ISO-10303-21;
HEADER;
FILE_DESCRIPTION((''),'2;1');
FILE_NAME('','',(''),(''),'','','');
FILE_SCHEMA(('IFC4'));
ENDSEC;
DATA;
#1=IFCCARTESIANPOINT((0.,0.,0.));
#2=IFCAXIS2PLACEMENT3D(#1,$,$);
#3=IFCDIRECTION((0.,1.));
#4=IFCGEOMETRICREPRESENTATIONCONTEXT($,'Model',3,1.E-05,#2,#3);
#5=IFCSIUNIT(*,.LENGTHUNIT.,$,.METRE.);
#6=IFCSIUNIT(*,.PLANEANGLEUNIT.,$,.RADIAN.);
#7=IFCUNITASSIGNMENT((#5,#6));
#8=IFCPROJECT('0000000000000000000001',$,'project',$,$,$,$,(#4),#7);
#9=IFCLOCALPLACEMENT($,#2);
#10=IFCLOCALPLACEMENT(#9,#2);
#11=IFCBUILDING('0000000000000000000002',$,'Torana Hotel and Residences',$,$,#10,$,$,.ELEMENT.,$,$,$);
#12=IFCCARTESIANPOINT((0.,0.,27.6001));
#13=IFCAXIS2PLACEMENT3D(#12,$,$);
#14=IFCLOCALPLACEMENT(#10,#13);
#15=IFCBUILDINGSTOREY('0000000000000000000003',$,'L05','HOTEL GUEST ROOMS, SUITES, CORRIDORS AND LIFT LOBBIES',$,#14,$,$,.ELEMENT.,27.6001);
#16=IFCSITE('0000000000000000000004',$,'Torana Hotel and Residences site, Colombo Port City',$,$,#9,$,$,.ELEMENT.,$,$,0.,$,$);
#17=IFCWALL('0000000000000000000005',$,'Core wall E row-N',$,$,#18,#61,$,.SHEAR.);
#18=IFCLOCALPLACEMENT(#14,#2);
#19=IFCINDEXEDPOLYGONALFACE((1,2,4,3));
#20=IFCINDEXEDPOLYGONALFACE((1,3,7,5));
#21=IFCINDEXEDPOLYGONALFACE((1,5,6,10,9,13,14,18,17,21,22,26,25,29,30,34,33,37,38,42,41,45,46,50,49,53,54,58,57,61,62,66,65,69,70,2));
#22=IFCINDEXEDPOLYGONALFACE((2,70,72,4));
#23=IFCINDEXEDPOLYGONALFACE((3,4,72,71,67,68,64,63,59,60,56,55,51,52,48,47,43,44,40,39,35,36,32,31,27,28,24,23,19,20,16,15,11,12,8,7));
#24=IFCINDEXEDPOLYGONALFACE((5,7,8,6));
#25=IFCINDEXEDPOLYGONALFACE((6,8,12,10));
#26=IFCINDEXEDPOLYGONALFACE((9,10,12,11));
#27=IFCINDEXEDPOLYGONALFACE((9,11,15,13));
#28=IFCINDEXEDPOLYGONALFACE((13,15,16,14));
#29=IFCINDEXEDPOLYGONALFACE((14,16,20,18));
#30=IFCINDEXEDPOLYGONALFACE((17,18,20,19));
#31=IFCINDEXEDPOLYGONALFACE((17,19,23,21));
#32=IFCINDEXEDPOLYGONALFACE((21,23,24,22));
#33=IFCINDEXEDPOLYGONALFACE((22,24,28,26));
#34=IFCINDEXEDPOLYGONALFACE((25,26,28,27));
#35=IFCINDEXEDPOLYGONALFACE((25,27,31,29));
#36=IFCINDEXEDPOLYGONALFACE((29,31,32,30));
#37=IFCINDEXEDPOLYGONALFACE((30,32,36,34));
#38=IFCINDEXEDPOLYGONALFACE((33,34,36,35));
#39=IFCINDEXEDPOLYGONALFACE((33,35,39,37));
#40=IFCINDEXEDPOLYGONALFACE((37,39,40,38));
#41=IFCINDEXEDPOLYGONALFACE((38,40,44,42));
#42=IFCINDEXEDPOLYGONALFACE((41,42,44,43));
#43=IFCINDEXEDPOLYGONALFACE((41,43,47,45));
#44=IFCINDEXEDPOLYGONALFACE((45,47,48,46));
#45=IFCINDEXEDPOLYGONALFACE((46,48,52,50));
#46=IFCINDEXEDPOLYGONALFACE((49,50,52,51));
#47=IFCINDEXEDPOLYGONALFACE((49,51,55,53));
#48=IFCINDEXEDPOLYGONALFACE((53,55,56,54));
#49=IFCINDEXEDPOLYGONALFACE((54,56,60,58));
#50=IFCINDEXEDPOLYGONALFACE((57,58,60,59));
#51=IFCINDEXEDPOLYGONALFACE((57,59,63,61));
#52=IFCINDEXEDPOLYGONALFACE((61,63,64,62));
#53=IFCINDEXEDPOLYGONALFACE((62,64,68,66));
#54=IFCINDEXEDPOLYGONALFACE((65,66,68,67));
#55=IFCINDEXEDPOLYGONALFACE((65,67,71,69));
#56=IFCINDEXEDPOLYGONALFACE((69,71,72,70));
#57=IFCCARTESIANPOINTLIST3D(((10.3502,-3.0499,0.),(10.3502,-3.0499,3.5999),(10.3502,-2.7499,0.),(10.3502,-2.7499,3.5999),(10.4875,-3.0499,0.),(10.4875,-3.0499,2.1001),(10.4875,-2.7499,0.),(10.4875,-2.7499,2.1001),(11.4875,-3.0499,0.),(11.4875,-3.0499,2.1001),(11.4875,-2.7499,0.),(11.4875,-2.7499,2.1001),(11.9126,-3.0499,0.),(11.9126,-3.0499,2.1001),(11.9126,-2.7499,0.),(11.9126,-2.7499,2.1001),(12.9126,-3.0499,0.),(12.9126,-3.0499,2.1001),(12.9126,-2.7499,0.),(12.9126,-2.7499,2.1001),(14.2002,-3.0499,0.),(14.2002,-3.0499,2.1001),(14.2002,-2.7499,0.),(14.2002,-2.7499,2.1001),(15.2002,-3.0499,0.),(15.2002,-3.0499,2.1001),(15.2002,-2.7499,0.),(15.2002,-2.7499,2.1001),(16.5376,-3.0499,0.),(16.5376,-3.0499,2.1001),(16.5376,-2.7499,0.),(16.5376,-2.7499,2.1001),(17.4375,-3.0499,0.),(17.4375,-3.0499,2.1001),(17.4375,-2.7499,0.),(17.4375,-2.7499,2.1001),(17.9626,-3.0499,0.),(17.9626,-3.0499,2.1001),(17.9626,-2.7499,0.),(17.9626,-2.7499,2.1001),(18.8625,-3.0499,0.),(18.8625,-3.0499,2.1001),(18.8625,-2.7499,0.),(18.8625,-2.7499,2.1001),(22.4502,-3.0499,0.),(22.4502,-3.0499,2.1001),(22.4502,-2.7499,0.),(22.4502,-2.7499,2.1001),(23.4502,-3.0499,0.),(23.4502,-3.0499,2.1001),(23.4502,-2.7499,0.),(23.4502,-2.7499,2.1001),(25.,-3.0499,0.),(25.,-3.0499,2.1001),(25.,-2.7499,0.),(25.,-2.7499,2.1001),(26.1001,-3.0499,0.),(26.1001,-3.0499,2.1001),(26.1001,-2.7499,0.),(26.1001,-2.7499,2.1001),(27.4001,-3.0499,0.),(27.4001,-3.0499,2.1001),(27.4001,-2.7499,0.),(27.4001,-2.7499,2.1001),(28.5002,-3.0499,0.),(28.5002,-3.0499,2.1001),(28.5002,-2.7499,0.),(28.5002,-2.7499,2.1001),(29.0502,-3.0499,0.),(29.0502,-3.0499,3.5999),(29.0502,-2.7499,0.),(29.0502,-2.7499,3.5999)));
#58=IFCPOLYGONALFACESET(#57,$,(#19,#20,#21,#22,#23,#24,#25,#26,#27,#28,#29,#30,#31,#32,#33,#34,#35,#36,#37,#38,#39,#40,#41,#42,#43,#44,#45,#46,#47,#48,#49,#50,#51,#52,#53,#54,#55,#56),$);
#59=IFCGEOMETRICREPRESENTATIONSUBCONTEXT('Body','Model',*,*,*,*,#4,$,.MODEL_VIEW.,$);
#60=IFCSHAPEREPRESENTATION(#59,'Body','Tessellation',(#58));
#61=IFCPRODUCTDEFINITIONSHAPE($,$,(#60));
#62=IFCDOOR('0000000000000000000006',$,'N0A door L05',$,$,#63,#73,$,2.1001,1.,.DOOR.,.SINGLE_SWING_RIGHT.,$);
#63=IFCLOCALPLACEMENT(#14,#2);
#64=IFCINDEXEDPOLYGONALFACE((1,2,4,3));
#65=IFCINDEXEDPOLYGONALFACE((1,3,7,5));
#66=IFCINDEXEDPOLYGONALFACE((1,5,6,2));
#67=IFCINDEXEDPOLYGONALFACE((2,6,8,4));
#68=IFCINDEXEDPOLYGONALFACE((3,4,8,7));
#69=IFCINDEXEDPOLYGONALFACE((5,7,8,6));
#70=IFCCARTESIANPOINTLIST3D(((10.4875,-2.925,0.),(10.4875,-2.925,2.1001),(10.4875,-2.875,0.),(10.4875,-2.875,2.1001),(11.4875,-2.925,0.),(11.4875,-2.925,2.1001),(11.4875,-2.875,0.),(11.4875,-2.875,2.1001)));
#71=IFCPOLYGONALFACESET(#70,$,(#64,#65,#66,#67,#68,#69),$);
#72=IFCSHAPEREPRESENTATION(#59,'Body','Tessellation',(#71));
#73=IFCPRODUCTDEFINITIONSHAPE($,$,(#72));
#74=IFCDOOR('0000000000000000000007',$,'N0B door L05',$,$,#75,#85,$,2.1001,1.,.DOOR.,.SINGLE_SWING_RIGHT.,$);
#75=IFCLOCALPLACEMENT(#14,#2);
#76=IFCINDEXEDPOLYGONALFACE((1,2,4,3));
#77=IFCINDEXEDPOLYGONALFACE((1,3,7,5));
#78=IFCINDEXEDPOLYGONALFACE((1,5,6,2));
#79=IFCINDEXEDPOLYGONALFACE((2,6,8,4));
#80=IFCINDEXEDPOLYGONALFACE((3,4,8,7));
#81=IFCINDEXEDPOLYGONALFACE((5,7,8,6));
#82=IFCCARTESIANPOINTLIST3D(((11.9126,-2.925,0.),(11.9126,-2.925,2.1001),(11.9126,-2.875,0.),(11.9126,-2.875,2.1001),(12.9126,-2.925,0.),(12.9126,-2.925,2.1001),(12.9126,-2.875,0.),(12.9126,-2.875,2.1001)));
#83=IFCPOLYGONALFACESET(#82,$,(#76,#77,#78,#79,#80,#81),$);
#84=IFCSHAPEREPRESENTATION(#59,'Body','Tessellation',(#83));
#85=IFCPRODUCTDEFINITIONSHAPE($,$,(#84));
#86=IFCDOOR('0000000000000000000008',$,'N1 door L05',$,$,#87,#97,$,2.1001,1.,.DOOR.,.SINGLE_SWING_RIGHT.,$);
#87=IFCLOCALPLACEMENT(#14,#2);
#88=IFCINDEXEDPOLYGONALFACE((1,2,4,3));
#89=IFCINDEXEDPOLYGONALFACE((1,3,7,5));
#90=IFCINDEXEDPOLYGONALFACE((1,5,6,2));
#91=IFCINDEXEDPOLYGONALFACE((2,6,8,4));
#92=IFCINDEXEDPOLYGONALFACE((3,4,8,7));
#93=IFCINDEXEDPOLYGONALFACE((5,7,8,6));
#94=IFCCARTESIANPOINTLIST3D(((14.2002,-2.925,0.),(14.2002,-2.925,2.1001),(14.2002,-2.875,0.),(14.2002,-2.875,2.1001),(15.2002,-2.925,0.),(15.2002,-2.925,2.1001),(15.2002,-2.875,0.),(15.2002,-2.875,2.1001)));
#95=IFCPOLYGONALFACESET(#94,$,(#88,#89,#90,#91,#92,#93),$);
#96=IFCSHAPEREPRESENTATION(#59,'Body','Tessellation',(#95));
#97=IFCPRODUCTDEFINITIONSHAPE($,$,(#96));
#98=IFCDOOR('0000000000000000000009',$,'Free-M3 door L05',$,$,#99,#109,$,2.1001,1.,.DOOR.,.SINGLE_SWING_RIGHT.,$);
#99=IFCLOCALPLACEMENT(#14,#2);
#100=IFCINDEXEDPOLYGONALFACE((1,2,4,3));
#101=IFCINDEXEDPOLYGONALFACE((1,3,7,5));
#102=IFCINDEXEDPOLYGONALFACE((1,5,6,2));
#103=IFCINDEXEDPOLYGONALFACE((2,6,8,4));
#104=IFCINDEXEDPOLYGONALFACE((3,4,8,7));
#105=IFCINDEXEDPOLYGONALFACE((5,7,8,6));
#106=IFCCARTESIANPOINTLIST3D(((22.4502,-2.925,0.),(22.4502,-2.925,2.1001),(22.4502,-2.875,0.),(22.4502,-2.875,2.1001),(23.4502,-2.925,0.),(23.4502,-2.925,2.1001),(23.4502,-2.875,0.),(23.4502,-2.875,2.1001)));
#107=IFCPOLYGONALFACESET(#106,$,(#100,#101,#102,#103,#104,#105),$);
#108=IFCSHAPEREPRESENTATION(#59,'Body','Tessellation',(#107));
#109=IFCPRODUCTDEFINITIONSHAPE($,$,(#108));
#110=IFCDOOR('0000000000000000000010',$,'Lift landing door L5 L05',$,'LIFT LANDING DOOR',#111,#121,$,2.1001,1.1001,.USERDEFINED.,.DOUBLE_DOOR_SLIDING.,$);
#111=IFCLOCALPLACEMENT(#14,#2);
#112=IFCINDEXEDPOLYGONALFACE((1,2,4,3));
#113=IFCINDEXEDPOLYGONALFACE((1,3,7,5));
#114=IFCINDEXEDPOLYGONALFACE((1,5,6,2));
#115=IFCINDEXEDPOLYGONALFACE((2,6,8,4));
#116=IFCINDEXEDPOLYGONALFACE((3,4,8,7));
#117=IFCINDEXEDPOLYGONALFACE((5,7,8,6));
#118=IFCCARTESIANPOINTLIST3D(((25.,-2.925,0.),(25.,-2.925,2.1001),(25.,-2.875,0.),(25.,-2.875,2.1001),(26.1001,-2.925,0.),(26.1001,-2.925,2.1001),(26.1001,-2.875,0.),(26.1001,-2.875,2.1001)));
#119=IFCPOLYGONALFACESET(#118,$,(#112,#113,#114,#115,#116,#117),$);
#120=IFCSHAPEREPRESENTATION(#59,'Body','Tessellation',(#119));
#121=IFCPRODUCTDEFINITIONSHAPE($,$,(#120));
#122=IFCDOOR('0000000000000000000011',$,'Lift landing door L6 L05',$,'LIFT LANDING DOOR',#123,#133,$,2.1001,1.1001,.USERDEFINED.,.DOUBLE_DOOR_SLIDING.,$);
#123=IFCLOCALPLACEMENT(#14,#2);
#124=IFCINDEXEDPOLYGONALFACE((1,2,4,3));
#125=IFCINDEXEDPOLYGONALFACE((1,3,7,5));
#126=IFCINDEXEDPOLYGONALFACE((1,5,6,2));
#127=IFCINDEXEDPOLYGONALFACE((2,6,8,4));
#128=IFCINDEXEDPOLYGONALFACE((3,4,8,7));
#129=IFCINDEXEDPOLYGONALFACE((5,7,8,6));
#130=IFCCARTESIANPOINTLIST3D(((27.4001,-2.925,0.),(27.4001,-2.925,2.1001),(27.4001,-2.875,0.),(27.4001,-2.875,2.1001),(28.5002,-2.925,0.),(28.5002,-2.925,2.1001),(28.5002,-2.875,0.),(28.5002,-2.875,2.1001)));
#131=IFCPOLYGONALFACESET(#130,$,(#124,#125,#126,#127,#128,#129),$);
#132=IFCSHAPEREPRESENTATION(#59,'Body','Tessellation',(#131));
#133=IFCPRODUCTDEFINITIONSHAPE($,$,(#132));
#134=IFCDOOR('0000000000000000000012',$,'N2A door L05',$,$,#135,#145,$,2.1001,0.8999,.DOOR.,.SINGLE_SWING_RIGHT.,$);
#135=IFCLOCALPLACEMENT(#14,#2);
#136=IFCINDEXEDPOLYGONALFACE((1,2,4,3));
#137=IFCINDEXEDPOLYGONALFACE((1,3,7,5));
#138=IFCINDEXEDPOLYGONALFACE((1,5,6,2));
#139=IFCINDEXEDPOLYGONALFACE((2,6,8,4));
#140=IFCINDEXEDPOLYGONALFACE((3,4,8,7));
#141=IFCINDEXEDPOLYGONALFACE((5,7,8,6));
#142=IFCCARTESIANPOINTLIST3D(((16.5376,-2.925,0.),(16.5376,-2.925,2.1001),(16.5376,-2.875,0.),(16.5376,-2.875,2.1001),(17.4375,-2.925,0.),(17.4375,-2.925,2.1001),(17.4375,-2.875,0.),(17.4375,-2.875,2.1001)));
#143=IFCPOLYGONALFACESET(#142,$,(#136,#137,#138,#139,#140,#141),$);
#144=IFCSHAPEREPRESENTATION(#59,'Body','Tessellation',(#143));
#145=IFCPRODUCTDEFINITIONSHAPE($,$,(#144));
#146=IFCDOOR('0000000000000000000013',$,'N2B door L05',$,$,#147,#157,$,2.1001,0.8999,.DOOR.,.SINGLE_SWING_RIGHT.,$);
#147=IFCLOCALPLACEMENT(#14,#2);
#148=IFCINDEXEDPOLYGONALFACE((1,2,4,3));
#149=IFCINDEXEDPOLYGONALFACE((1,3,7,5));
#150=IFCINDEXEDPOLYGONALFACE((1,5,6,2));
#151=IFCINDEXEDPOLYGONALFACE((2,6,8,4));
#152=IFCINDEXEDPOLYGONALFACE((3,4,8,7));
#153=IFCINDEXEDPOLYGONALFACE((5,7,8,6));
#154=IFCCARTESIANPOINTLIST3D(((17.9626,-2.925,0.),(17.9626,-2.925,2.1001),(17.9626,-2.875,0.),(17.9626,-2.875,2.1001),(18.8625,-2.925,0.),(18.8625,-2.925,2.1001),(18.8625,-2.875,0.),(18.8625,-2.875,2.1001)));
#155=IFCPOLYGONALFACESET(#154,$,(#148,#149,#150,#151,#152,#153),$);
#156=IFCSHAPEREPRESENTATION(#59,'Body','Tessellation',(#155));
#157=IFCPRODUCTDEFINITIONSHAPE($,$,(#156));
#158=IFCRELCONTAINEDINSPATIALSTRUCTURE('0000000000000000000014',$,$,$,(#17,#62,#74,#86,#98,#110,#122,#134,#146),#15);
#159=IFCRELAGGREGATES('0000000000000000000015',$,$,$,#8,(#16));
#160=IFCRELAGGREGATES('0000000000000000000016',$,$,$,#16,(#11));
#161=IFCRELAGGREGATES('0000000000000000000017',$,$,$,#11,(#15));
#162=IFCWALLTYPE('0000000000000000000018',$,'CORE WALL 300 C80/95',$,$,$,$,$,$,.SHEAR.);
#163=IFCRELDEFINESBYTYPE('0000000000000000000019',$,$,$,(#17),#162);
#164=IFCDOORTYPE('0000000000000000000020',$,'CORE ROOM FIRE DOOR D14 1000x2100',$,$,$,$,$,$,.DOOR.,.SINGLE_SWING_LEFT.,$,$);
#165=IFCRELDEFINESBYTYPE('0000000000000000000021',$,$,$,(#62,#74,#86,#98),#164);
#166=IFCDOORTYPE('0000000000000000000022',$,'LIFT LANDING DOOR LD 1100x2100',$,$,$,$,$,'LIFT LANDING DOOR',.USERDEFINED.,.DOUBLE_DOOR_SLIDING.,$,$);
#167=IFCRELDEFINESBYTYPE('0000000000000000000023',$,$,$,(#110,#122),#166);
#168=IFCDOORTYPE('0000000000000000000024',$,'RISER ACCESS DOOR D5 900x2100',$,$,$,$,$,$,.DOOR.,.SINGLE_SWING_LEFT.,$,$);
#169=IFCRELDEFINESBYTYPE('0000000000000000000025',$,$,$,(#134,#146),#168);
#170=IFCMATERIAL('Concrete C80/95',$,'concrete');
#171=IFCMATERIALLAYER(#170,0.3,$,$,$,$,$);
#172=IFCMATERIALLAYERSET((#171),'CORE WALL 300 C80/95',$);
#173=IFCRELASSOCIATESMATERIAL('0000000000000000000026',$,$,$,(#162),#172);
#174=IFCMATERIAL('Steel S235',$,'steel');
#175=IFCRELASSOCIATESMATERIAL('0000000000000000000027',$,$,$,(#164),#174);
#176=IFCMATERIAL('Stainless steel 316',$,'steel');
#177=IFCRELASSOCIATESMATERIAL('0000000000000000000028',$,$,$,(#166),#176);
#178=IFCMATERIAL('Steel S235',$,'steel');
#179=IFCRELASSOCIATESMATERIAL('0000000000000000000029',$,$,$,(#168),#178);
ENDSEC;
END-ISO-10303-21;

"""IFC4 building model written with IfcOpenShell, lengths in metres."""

from ifc_helpers import new_model, si_unit, direction, frame, frame_2d, origin, place, context, subcontext, project, spatial, rectangle, extrude, material, layer, layer_set, type_object, element, fill, save


model = new_model("IFC4")

# Units and contexts
model_context = context("Model", 3, precision=1e-05, world=origin(), true_north=direction((0.0, 1.0)))
body_context = subcontext(model_context, "Body", "Model", "MODEL_VIEW")
ifc_project = project(units=[si_unit("LENGTHUNIT", "METRE"), si_unit("PLANEANGLEUNIT", "RADIAN")], contexts=[model_context])

# Site, building, storey
site_placement = place(None, origin())
site = spatial("IfcSite", under=ifc_project, at=site_placement, Name="Torana Hotel and Residences site, Colombo Port City", CompositionType="ELEMENT", RefElevation=0.0)
building_placement = place(site_placement, origin())
building = spatial("IfcBuilding", under=site, at=building_placement, Name="Torana Hotel and Residences", CompositionType="ELEMENT")
storey_placement = place(building_placement, frame((0.0, 0.0, 27.6001)))
storey = spatial("IfcBuildingStorey", under=building, at=storey_placement, Name="L05", Description="HOTEL GUEST ROOMS, SUITES, CORRIDORS AND LIFT LOBBIES", CompositionType="ELEMENT", Elevation=27.6001)

# Wall, openings, doors
ifc_material_1 = material(Name="Concrete C80/95", Category="concrete")
ifc_layer_1 = layer(ifc_material_1, 0.3)
ifc_layer_set_1 = layer_set([ifc_layer_1], Name="CORE WALL 300 C80/95")
wall_type_1 = type_object("IfcWallType", Name="CORE WALL 300 C80/95", PredefinedType="SHEAR", material=ifc_layer_set_1)
wall_1_placement = place(storey_placement, frame((10.3501, -2.8999, 0.0), z_axis=(0.0, 0.0, 1.0), x_axis=(1.0, 0.0, 0.0)))
wall_1 = element("IfcWall", 1, at=wall_1_placement, inside=storey, type_object=wall_type_1, Name="Core wall E row-N", PredefinedType="SHEAR", context=body_context, shape_type="SweptSolid", body=[
    extrude(rectangle(XDim=18.7, YDim=0.3, at=frame_2d((9.3501, 0.0))), origin(), (0.0, 0.0, 1.0), 3.5999),
])
opening_1_placement = place(wall_1_placement, frame((14.6499, 0.0, 0.0)))
opening_1 = element("IfcOpeningElement", 2, at=opening_1_placement, cuts=wall_1, PredefinedType="OPENING", context=body_context, shape_type="SweptSolid", body=[
    extrude(rectangle(XDim=1.1001, YDim=2.1001, at=frame_2d((0.55, 1.05))), frame((0.0, 0.1599, 0.0), z_axis=(0.0, -1.0, 0.0), x_axis=(1.0, 0.0, 0.0)), (0.0, 0.0, 1.0), 0.3201),
])
opening_2_placement = place(wall_1_placement, frame((17.05, 0.0, 0.0)))
opening_2 = element("IfcOpeningElement", 3, at=opening_2_placement, cuts=wall_1, PredefinedType="OPENING", context=body_context, shape_type="SweptSolid", body=[
    extrude(rectangle(XDim=1.1001, YDim=2.1001, at=frame_2d((0.55, 1.05))), frame((0.0, 0.1599, 0.0), z_axis=(0.0, -1.0, 0.0), x_axis=(1.0, 0.0, 0.0)), (0.0, 0.0, 1.0), 0.3201),
])
opening_3_placement = place(wall_1_placement, frame((6.1875, 0.0, 0.0)))
opening_3 = element("IfcOpeningElement", 4, at=opening_3_placement, cuts=wall_1, PredefinedType="OPENING", context=body_context, shape_type="SweptSolid", body=[
    extrude(rectangle(XDim=0.8999, YDim=2.1001, at=frame_2d((0.45, 1.05))), frame((0.0, 0.1599, 0.0), z_axis=(0.0, -1.0, 0.0), x_axis=(1.0, 0.0, 0.0)), (0.0, 0.0, 1.0), 0.3201),
])
opening_4_placement = place(wall_1_placement, frame((7.6125, 0.0, 0.0)))
opening_4 = element("IfcOpeningElement", 5, at=opening_4_placement, cuts=wall_1, PredefinedType="OPENING", context=body_context, shape_type="SweptSolid", body=[
    extrude(rectangle(XDim=0.8999, YDim=2.1001, at=frame_2d((0.45, 1.05))), frame((0.0, 0.1599, 0.0), z_axis=(0.0, -1.0, 0.0), x_axis=(1.0, 0.0, 0.0)), (0.0, 0.0, 1.0), 0.3201),
])
opening_5_placement = place(wall_1_placement, frame((0.1375, 0.0, 0.0)))
opening_5 = element("IfcOpeningElement", 6, at=opening_5_placement, cuts=wall_1, PredefinedType="OPENING", context=body_context, shape_type="SweptSolid", body=[
    extrude(rectangle(XDim=1.0, YDim=2.1001, at=frame_2d((0.5, 1.05))), frame((0.0, 0.1599, 0.0), z_axis=(0.0, -1.0, 0.0), x_axis=(1.0, 0.0, 0.0)), (0.0, 0.0, 1.0), 0.3201),
])
opening_6_placement = place(wall_1_placement, frame((1.5625, 0.0, 0.0)))
opening_6 = element("IfcOpeningElement", 7, at=opening_6_placement, cuts=wall_1, PredefinedType="OPENING", context=body_context, shape_type="SweptSolid", body=[
    extrude(rectangle(XDim=1.0, YDim=2.1001, at=frame_2d((0.5, 1.05))), frame((0.0, 0.1599, 0.0), z_axis=(0.0, -1.0, 0.0), x_axis=(1.0, 0.0, 0.0)), (0.0, 0.0, 1.0), 0.3201),
])
opening_7_placement = place(wall_1_placement, frame((3.8501, 0.0, 0.0)))
opening_7 = element("IfcOpeningElement", 8, at=opening_7_placement, cuts=wall_1, PredefinedType="OPENING", context=body_context, shape_type="SweptSolid", body=[
    extrude(rectangle(XDim=1.0, YDim=2.1001, at=frame_2d((0.5, 1.05))), frame((0.0, 0.1599, 0.0), z_axis=(0.0, -1.0, 0.0), x_axis=(1.0, 0.0, 0.0)), (0.0, 0.0, 1.0), 0.3201),
])
opening_8_placement = place(wall_1_placement, frame((12.1001, 0.0, 0.0)))
opening_8 = element("IfcOpeningElement", 9, at=opening_8_placement, cuts=wall_1, PredefinedType="OPENING", context=body_context, shape_type="SweptSolid", body=[
    extrude(rectangle(XDim=1.0, YDim=2.1001, at=frame_2d((0.5, 1.05))), frame((0.0, 0.1599, 0.0), z_axis=(0.0, -1.0, 0.0), x_axis=(1.0, 0.0, 0.0)), (0.0, 0.0, 1.0), 0.3201),
])
ifc_material_2 = material(Name="Steel S235", Category="steel")
door_type_1 = type_object("IfcDoorType", Name="CORE ROOM FIRE DOOR D14 1000x2100", OperationType="SINGLE_SWING_LEFT", PredefinedType="DOOR", material=ifc_material_2)
door_1_placement = place(opening_5_placement, origin())
door_1 = element("IfcDoor", 10, at=door_1_placement, inside=storey, type_object=door_type_1, Name="N0A door L05", OperationType="SINGLE_SWING_RIGHT", OverallHeight=2.1001, OverallWidth=1.0, PredefinedType="DOOR", context=body_context, shape_type="SweptSolid", body=[
    extrude(rectangle(XDim=1.0, YDim=2.1001, at=frame_2d((0.5, 1.05))), frame((0.0, 0.0249, 0.0), z_axis=(0.0, -1.0, 0.0), x_axis=(1.0, 0.0, 0.0)), (0.0, 0.0, 1.0), 0.05),
])
fill(opening_5, door_1)
door_2_placement = place(opening_6_placement, origin())
door_2 = element("IfcDoor", 11, at=door_2_placement, inside=storey, type_object=door_type_1, Name="N0B door L05", OperationType="SINGLE_SWING_RIGHT", OverallHeight=2.1001, OverallWidth=1.0, PredefinedType="DOOR", context=body_context, shape_type="SweptSolid", body=[
    extrude(rectangle(XDim=1.0, YDim=2.1001, at=frame_2d((0.5, 1.05))), frame((0.0, 0.0249, 0.0), z_axis=(0.0, -1.0, 0.0), x_axis=(1.0, 0.0, 0.0)), (0.0, 0.0, 1.0), 0.05),
])
fill(opening_6, door_2)
door_3_placement = place(opening_7_placement, origin())
door_3 = element("IfcDoor", 12, at=door_3_placement, inside=storey, type_object=door_type_1, Name="N1 door L05", OperationType="SINGLE_SWING_RIGHT", OverallHeight=2.1001, OverallWidth=1.0, PredefinedType="DOOR", context=body_context, shape_type="SweptSolid", body=[
    extrude(rectangle(XDim=1.0, YDim=2.1001, at=frame_2d((0.5, 1.05))), frame((0.0, 0.0249, 0.0), z_axis=(0.0, -1.0, 0.0), x_axis=(1.0, 0.0, 0.0)), (0.0, 0.0, 1.0), 0.05),
])
fill(opening_7, door_3)
door_4_placement = place(opening_8_placement, origin())
door_4 = element("IfcDoor", 13, at=door_4_placement, inside=storey, type_object=door_type_1, Name="Free-M3 door L05", OperationType="SINGLE_SWING_RIGHT", OverallHeight=2.1001, OverallWidth=1.0, PredefinedType="DOOR", context=body_context, shape_type="SweptSolid", body=[
    extrude(rectangle(XDim=1.0, YDim=2.1001, at=frame_2d((0.5, 1.05))), frame((0.0, 0.0249, 0.0), z_axis=(0.0, -1.0, 0.0), x_axis=(1.0, 0.0, 0.0)), (0.0, 0.0, 1.0), 0.05),
])
fill(opening_8, door_4)
ifc_material_3 = material(Name="Stainless steel 316", Category="steel")
door_type_2 = type_object("IfcDoorType", Name="LIFT LANDING DOOR LD 1100x2100", ElementType="LIFT LANDING DOOR", OperationType="DOUBLE_DOOR_SLIDING", PredefinedType="USERDEFINED", material=ifc_material_3)
door_5_placement = place(opening_1_placement, origin())
door_5 = element("IfcDoor", 14, at=door_5_placement, inside=storey, type_object=door_type_2, Name="Lift landing door L5 L05", ObjectType="LIFT LANDING DOOR", OperationType="DOUBLE_DOOR_SLIDING", OverallHeight=2.1001, OverallWidth=1.1001, PredefinedType="USERDEFINED", context=body_context, shape_type="SweptSolid", body=[
    extrude(rectangle(XDim=1.1001, YDim=2.1001, at=frame_2d((0.55, 1.05))), frame((0.0, 0.0249, 0.0), z_axis=(0.0, -1.0, 0.0), x_axis=(1.0, 0.0, 0.0)), (0.0, 0.0, 1.0), 0.05),
])
fill(opening_1, door_5)
door_6_placement = place(opening_2_placement, origin())
door_6 = element("IfcDoor", 15, at=door_6_placement, inside=storey, type_object=door_type_2, Name="Lift landing door L6 L05", ObjectType="LIFT LANDING DOOR", OperationType="DOUBLE_DOOR_SLIDING", OverallHeight=2.1001, OverallWidth=1.1001, PredefinedType="USERDEFINED", context=body_context, shape_type="SweptSolid", body=[
    extrude(rectangle(XDim=1.1001, YDim=2.1001, at=frame_2d((0.55, 1.05))), frame((0.0, 0.0249, 0.0), z_axis=(0.0, -1.0, 0.0), x_axis=(1.0, 0.0, 0.0)), (0.0, 0.0, 1.0), 0.05),
])
fill(opening_2, door_6)
ifc_material_4 = material(Name="Steel S235", Category="steel")
door_type_3 = type_object("IfcDoorType", Name="RISER ACCESS DOOR D5 900x2100", OperationType="SINGLE_SWING_LEFT", PredefinedType="DOOR", material=ifc_material_4)
door_7_placement = place(opening_3_placement, origin())
door_7 = element("IfcDoor", 16, at=door_7_placement, inside=storey, type_object=door_type_3, Name="N2A door L05", OperationType="SINGLE_SWING_RIGHT", OverallHeight=2.1001, OverallWidth=0.8999, PredefinedType="DOOR", context=body_context, shape_type="SweptSolid", body=[
    extrude(rectangle(XDim=0.8999, YDim=2.1001, at=frame_2d((0.45, 1.05))), frame((0.0, 0.0249, 0.0), z_axis=(0.0, -1.0, 0.0), x_axis=(1.0, 0.0, 0.0)), (0.0, 0.0, 1.0), 0.05),
])
fill(opening_3, door_7)
door_8_placement = place(opening_4_placement, origin())
door_8 = element("IfcDoor", 17, at=door_8_placement, inside=storey, type_object=door_type_3, Name="N2B door L05", OperationType="SINGLE_SWING_RIGHT", OverallHeight=2.1001, OverallWidth=0.8999, PredefinedType="DOOR", context=body_context, shape_type="SweptSolid", body=[
    extrude(rectangle(XDim=0.8999, YDim=2.1001, at=frame_2d((0.45, 1.05))), frame((0.0, 0.0249, 0.0), z_axis=(0.0, -1.0, 0.0), x_axis=(1.0, 0.0, 0.0)), (0.0, 0.0, 1.0), 0.05),
])
fill(opening_4, door_8)

save(model, "model.ifc")
